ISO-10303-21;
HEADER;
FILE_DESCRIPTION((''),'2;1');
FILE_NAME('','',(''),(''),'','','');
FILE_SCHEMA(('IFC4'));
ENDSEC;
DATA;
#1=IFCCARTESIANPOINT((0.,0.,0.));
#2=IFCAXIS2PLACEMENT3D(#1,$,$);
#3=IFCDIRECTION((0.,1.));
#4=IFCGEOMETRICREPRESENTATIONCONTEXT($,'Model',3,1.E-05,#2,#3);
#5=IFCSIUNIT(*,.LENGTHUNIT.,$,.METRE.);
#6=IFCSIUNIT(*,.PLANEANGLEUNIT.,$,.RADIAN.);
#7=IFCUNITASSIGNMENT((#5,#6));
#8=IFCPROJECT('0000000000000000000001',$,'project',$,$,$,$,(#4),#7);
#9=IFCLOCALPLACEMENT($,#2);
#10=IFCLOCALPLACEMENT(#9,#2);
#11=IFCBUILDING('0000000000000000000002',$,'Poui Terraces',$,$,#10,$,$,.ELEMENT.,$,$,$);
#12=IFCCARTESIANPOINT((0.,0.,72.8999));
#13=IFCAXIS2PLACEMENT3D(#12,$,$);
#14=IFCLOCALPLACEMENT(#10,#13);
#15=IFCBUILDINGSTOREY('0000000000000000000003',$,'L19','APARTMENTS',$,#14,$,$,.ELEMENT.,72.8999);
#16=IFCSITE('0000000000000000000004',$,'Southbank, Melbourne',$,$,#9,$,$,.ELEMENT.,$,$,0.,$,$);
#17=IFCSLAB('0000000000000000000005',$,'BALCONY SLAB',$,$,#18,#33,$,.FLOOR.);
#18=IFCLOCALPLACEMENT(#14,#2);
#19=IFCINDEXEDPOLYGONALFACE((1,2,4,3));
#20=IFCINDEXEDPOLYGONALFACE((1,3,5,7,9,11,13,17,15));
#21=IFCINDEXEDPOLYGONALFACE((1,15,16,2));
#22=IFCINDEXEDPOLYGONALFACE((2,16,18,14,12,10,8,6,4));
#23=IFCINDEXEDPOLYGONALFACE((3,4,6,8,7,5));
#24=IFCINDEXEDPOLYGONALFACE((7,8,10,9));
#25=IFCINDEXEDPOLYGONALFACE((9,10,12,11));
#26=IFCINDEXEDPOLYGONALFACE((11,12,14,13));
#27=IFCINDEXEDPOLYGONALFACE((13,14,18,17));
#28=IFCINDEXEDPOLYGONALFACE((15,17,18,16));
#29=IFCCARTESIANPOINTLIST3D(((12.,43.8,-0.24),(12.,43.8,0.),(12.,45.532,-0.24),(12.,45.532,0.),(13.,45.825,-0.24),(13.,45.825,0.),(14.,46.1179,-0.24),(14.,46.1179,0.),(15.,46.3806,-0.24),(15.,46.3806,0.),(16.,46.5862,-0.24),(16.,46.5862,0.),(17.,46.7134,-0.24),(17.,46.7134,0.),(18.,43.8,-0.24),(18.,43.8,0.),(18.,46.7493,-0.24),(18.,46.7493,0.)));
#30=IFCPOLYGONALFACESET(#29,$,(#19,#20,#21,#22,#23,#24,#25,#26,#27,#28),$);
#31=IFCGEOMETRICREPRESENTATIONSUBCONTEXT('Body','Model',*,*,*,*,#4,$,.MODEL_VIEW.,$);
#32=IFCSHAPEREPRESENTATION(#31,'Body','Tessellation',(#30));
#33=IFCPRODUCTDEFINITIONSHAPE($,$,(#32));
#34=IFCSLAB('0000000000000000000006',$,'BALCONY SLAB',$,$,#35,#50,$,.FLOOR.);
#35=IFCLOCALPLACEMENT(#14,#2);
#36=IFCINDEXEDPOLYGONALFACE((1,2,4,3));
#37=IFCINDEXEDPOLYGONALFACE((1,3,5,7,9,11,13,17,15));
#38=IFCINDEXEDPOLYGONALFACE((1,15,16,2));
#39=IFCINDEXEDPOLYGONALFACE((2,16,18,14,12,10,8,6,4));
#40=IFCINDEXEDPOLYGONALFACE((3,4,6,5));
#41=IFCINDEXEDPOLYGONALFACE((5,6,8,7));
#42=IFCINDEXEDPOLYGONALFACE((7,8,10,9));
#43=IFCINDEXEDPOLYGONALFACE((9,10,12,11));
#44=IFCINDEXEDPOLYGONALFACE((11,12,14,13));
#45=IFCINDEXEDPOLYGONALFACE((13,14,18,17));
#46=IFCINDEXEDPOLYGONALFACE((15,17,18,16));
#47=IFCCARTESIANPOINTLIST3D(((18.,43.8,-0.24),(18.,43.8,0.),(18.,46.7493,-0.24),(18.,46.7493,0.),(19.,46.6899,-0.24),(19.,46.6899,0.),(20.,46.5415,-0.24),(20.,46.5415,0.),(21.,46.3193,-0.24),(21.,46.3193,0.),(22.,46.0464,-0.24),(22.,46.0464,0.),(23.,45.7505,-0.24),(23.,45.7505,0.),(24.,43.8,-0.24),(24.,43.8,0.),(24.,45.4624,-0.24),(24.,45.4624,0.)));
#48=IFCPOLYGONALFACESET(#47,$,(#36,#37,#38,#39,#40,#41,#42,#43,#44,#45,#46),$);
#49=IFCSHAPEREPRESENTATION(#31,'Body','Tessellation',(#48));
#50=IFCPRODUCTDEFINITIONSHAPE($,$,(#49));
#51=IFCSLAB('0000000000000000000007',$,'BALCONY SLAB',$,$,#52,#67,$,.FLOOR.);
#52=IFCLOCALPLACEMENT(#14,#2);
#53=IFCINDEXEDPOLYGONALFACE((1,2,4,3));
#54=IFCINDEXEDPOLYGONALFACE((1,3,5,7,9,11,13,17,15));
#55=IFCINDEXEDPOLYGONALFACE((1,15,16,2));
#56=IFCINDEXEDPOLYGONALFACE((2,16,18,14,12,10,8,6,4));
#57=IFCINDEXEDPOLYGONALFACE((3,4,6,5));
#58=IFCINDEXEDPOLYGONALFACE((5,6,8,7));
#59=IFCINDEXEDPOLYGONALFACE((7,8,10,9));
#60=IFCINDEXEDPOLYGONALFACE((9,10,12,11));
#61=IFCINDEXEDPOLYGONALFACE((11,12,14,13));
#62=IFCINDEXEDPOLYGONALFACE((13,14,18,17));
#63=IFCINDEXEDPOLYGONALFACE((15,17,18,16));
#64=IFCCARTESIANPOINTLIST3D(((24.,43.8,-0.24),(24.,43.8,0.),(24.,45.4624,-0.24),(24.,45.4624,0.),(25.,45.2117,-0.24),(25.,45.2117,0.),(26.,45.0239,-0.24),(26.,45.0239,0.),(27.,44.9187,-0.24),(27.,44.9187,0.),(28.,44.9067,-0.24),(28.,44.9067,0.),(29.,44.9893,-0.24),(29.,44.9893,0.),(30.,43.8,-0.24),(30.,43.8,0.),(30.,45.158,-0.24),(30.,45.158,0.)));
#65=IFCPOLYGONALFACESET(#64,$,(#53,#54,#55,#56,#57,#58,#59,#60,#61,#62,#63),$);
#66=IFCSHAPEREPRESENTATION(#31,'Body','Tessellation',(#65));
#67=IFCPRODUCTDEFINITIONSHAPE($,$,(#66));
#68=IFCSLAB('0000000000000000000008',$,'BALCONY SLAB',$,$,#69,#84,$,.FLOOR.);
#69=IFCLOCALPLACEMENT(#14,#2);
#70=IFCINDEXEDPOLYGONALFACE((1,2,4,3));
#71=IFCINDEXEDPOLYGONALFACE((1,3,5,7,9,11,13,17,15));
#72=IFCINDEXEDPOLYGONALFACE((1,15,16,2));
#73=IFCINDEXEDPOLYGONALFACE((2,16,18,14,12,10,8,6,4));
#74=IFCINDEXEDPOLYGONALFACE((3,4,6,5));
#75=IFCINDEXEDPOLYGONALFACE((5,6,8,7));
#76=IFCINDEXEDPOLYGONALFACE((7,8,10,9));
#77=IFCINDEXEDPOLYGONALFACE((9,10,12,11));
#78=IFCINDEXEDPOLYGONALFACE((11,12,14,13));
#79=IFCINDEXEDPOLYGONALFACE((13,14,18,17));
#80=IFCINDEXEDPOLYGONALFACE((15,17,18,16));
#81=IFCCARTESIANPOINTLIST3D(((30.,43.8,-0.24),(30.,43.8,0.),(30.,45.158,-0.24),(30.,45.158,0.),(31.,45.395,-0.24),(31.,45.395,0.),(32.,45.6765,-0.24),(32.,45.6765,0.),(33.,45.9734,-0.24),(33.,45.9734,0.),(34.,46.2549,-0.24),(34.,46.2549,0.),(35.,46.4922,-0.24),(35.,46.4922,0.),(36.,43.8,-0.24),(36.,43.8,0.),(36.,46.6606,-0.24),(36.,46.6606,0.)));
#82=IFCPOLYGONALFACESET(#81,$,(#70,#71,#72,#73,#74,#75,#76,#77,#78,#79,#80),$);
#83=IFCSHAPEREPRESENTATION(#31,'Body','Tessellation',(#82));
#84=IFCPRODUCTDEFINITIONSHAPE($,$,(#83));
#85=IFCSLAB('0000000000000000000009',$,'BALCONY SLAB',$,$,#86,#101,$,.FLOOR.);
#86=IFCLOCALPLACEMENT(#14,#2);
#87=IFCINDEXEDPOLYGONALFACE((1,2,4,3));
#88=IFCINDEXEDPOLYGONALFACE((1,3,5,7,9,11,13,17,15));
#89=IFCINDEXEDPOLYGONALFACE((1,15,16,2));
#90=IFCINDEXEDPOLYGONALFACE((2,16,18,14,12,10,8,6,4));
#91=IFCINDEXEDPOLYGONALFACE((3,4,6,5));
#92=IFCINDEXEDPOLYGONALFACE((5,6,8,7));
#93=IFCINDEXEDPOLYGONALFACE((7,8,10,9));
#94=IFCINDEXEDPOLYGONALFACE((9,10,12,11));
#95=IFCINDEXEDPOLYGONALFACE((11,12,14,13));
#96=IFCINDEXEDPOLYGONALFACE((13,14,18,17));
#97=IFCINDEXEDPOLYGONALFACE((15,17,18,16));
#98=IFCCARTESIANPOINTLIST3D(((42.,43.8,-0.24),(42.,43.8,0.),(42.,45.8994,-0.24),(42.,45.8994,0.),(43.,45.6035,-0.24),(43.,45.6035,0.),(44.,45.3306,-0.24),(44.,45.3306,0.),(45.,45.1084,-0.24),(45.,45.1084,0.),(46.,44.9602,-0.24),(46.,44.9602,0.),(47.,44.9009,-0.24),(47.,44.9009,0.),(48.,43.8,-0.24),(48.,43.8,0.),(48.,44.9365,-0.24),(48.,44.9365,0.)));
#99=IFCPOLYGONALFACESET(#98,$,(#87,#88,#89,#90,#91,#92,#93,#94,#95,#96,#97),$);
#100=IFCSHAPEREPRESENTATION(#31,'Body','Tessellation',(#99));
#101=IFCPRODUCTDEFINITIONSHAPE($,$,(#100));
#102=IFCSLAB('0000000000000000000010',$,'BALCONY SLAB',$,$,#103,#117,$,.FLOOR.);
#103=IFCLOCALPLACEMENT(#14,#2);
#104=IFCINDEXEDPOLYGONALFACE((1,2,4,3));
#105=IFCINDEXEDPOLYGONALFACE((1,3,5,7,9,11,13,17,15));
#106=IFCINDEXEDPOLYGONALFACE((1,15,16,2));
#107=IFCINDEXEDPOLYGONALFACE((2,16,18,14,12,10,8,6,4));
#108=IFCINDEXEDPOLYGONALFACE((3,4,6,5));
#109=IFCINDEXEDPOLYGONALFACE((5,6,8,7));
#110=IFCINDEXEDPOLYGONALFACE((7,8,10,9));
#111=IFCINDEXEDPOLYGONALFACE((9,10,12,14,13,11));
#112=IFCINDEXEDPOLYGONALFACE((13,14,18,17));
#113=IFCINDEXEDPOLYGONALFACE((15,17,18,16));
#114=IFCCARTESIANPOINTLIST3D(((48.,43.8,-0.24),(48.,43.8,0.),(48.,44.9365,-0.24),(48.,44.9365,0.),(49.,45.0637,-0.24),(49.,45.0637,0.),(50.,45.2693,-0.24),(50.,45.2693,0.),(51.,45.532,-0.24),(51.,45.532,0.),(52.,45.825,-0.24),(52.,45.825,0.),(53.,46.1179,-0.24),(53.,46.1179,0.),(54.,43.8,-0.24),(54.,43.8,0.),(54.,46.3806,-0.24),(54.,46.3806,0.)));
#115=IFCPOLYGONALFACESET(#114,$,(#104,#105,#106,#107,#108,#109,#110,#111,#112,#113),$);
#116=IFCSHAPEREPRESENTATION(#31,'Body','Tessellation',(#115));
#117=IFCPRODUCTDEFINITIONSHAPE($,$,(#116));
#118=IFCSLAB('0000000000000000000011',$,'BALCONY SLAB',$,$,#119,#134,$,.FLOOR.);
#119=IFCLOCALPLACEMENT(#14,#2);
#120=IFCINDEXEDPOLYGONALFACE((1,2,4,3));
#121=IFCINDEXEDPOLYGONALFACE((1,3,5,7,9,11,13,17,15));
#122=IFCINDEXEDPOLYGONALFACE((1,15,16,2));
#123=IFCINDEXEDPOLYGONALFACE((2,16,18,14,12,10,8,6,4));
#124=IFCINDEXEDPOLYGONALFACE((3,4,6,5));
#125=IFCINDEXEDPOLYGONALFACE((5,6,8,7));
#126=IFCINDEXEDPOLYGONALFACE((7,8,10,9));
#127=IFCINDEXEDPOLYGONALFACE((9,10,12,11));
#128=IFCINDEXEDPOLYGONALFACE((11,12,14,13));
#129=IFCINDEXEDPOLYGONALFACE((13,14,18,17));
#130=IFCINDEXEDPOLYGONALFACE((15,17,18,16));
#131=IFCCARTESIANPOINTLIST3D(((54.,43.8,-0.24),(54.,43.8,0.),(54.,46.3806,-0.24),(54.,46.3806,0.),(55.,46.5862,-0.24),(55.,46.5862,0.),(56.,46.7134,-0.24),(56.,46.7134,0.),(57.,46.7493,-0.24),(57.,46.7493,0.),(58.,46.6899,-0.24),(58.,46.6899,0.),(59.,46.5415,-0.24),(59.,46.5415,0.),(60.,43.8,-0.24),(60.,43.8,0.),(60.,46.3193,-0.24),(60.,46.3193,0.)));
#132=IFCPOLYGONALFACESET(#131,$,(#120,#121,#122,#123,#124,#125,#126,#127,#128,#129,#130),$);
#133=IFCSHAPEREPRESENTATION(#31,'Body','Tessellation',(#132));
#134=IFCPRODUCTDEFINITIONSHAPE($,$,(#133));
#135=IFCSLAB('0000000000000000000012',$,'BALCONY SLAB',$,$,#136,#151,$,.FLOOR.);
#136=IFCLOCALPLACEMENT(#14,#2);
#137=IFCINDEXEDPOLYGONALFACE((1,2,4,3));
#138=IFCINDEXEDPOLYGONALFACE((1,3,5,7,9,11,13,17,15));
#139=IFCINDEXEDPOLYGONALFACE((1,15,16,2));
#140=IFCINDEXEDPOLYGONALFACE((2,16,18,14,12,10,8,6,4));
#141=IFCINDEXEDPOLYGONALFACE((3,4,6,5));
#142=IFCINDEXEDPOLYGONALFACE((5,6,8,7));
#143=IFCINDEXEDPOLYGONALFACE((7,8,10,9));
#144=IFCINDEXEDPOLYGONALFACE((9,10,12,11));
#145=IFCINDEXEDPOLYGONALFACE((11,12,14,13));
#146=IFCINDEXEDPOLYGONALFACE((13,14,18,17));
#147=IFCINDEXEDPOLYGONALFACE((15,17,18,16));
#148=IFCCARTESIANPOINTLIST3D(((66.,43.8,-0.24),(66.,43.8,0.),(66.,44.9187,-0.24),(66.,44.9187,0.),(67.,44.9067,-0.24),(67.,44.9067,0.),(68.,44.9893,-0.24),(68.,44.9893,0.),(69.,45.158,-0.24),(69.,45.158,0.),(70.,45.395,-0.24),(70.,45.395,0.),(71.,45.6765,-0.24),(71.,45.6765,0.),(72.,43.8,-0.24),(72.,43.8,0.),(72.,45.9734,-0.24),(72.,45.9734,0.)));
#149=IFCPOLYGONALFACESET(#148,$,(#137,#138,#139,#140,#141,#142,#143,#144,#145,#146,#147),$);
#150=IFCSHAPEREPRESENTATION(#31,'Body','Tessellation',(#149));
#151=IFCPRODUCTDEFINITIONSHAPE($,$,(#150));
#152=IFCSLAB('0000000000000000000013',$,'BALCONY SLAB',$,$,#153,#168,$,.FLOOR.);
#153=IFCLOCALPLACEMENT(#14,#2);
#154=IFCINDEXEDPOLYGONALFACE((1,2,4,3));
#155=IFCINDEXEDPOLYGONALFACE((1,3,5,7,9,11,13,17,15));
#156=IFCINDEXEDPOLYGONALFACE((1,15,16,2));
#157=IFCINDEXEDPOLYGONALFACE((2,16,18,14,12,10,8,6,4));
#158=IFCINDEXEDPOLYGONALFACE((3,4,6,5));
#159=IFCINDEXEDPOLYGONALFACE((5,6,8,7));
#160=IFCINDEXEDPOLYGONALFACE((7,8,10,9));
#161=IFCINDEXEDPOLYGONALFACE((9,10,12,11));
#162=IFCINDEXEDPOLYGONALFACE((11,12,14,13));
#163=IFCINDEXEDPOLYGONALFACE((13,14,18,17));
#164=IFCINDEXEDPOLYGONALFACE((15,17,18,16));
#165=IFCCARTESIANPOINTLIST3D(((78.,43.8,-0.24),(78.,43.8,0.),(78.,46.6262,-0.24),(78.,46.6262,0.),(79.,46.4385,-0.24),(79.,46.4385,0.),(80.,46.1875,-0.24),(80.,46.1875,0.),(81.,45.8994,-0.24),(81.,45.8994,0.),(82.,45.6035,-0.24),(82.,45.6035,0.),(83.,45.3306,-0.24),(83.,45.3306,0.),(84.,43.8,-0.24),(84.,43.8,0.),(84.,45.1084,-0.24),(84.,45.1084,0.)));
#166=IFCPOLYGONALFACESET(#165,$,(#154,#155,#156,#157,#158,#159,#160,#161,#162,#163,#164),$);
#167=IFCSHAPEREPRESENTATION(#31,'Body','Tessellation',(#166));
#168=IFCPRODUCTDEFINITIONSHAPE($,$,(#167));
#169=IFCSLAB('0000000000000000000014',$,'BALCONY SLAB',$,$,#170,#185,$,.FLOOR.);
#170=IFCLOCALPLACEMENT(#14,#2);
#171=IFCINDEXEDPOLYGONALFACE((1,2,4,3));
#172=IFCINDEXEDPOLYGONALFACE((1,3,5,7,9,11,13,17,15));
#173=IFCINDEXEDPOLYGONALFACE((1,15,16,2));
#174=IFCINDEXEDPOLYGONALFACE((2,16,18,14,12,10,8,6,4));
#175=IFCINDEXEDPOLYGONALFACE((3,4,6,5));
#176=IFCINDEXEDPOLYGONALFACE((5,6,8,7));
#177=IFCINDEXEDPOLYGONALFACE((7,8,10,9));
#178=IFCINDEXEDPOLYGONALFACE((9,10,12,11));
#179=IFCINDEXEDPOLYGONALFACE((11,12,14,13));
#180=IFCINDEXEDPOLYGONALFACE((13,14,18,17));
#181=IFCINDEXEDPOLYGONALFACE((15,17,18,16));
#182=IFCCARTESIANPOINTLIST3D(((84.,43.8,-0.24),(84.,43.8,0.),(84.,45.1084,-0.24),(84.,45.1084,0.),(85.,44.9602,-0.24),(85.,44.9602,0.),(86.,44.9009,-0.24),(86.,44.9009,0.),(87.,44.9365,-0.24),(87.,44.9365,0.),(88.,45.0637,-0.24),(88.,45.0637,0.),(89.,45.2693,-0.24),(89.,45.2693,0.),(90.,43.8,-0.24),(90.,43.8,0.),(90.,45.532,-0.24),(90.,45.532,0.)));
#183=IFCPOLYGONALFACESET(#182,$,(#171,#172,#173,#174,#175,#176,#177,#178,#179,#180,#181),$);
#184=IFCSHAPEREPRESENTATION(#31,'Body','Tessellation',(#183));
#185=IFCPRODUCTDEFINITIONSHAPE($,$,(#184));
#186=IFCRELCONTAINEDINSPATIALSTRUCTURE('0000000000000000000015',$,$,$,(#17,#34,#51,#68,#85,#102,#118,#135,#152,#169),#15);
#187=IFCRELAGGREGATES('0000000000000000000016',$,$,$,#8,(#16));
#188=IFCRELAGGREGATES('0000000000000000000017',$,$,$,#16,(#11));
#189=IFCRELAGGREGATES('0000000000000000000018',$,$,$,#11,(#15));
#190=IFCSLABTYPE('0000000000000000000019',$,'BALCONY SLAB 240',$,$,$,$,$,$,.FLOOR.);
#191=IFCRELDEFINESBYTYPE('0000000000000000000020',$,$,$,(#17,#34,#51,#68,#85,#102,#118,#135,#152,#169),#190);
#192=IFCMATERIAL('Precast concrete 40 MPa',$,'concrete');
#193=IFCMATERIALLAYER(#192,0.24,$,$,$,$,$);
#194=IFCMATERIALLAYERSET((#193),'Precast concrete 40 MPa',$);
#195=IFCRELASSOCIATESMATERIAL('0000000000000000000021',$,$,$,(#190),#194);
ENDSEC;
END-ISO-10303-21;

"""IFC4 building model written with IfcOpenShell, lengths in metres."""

from ifc_helpers import new_model, si_unit, direction, frame, origin, place, context, subcontext, project, spatial, polyline, outline, extrude, material, layer, layer_set, type_object, element, save


model = new_model("IFC4")

# Units and contexts
model_context = context("Model", 3, precision=1e-05, world=origin(), true_north=direction((0.0, 1.0)))
body_context = subcontext(model_context, "Body", "Model", "MODEL_VIEW")
ifc_project = project(units=[si_unit("LENGTHUNIT", "METRE"), si_unit("PLANEANGLEUNIT", "RADIAN")], contexts=[model_context])

# Site, building, storey
site_placement = place(None, origin())
site = spatial("IfcSite", under=ifc_project, at=site_placement, Name="Southbank, Melbourne", CompositionType="ELEMENT", RefElevation=0.0)
building_placement = place(site_placement, origin())
building = spatial("IfcBuilding", under=site, at=building_placement, Name="Poui Terraces", CompositionType="ELEMENT")
storey_placement = place(building_placement, frame((0.0, 0.0, 72.8999)))
storey = spatial("IfcBuildingStorey", under=building, at=storey_placement, Name="L19", Description="APARTMENTS", CompositionType="ELEMENT", Elevation=72.8999)

# Slabs
ifc_material_1 = material(Name="Precast concrete 40 MPa", Category="concrete")
ifc_layer_1 = layer(ifc_material_1, 0.24)
ifc_layer_set_1 = layer_set([ifc_layer_1], Name="Precast concrete 40 MPa")
slab_type_1 = type_object("IfcSlabType", Name="BALCONY SLAB 240", PredefinedType="FLOOR", material=ifc_layer_set_1)
slab_1_placement = place(storey_placement, frame((0.0, 0.0, -0.24)))
element("IfcSlab", 1, at=slab_1_placement, inside=storey, type_object=slab_type_1, Name="BALCONY SLAB", PredefinedType="FLOOR", context=body_context, shape_type="SweptSolid", body=[
    extrude(outline(polyline([(12.0, 43.8), (18.0, 43.8), (18.0, 46.7493), (17.0, 46.7134), (16.0, 46.5862), (15.0, 46.3806), (14.0, 46.1179), (13.0, 45.825), (12.0, 45.532), (12.0, 43.8)])), origin(), (0.0, 0.0, 1.0), 0.24),
])
slab_2_placement = place(storey_placement, frame((0.0, 0.0, -0.24)))
element("IfcSlab", 2, at=slab_2_placement, inside=storey, type_object=slab_type_1, Name="BALCONY SLAB", PredefinedType="FLOOR", context=body_context, shape_type="SweptSolid", body=[
    extrude(outline(polyline([(18.0, 43.8), (24.0, 43.8), (24.0, 45.4624), (23.0, 45.7505), (22.0, 46.0464), (21.0, 46.3193), (20.0, 46.5415), (19.0, 46.6899), (18.0, 46.7493), (18.0, 43.8)])), origin(), (0.0, 0.0, 1.0), 0.24),
])
slab_3_placement = place(storey_placement, frame((0.0, 0.0, -0.24)))
element("IfcSlab", 3, at=slab_3_placement, inside=storey, type_object=slab_type_1, Name="BALCONY SLAB", PredefinedType="FLOOR", context=body_context, shape_type="SweptSolid", body=[
    extrude(outline(polyline([(24.0, 43.8), (30.0, 43.8), (30.0, 45.158), (29.0, 44.9893), (28.0, 44.9067), (27.0, 44.9187), (26.0, 45.0239), (25.0, 45.2117), (24.0, 45.4624), (24.0, 43.8)])), origin(), (0.0, 0.0, 1.0), 0.24),
])
slab_4_placement = place(storey_placement, frame((0.0, 0.0, -0.24)))
element("IfcSlab", 4, at=slab_4_placement, inside=storey, type_object=slab_type_1, Name="BALCONY SLAB", PredefinedType="FLOOR", context=body_context, shape_type="SweptSolid", body=[
    extrude(outline(polyline([(30.0, 43.8), (36.0, 43.8), (36.0, 46.6606), (35.0, 46.4922), (34.0, 46.2549), (33.0, 45.9734), (32.0, 45.6765), (31.0, 45.395), (30.0, 45.158), (30.0, 43.8)])), origin(), (0.0, 0.0, 1.0), 0.24),
])
slab_5_placement = place(storey_placement, frame((0.0, 0.0, -0.24)))
element("IfcSlab", 5, at=slab_5_placement, inside=storey, type_object=slab_type_1, Name="BALCONY SLAB", PredefinedType="FLOOR", context=body_context, shape_type="SweptSolid", body=[
    extrude(outline(polyline([(42.0, 43.8), (48.0, 43.8), (48.0, 44.9365), (47.0, 44.9009), (46.0, 44.9602), (45.0, 45.1084), (44.0, 45.3306), (43.0, 45.6035), (42.0, 45.8994), (42.0, 43.8)])), origin(), (0.0, 0.0, 1.0), 0.24),
])
slab_6_placement = place(storey_placement, frame((0.0, 0.0, -0.24)))
element("IfcSlab", 6, at=slab_6_placement, inside=storey, type_object=slab_type_1, Name="BALCONY SLAB", PredefinedType="FLOOR", context=body_context, shape_type="SweptSolid", body=[
    extrude(outline(polyline([(48.0, 43.8), (54.0, 43.8), (54.0, 46.3806), (53.0, 46.1179), (52.0, 45.825), (51.0, 45.532), (50.0, 45.2693), (49.0, 45.0637), (48.0, 44.9365), (48.0, 43.8)])), origin(), (0.0, 0.0, 1.0), 0.24),
])
slab_7_placement = place(storey_placement, frame((0.0, 0.0, -0.24)))
element("IfcSlab", 7, at=slab_7_placement, inside=storey, type_object=slab_type_1, Name="BALCONY SLAB", PredefinedType="FLOOR", context=body_context, shape_type="SweptSolid", body=[
    extrude(outline(polyline([(54.0, 43.8), (60.0, 43.8), (60.0, 46.3193), (59.0, 46.5415), (58.0, 46.6899), (57.0, 46.7493), (56.0, 46.7134), (55.0, 46.5862), (54.0, 46.3806), (54.0, 43.8)])), origin(), (0.0, 0.0, 1.0), 0.24),
])
slab_8_placement = place(storey_placement, frame((0.0, 0.0, -0.24)))
element("IfcSlab", 8, at=slab_8_placement, inside=storey, type_object=slab_type_1, Name="BALCONY SLAB", PredefinedType="FLOOR", context=body_context, shape_type="SweptSolid", body=[
    extrude(outline(polyline([(66.0, 43.8), (72.0, 43.8), (72.0, 45.9734), (71.0, 45.6765), (70.0, 45.395), (69.0, 45.158), (68.0, 44.9893), (67.0, 44.9067), (66.0, 44.9187), (66.0, 43.8)])), origin(), (0.0, 0.0, 1.0), 0.24),
])
slab_9_placement = place(storey_placement, frame((0.0, 0.0, -0.24)))
element("IfcSlab", 9, at=slab_9_placement, inside=storey, type_object=slab_type_1, Name="BALCONY SLAB", PredefinedType="FLOOR", context=body_context, shape_type="SweptSolid", body=[
    extrude(outline(polyline([(78.0, 43.8), (84.0, 43.8), (84.0, 45.1084), (83.0, 45.3306), (82.0, 45.6035), (81.0, 45.8994), (80.0, 46.1875), (79.0, 46.4385), (78.0, 46.6262), (78.0, 43.8)])), origin(), (0.0, 0.0, 1.0), 0.24),
])
slab_10_placement = place(storey_placement, frame((0.0, 0.0, -0.24)))
element("IfcSlab", 10, at=slab_10_placement, inside=storey, type_object=slab_type_1, Name="BALCONY SLAB", PredefinedType="FLOOR", context=body_context, shape_type="SweptSolid", body=[
    extrude(outline(polyline([(84.0, 43.8), (90.0, 43.8), (90.0, 45.532), (89.0, 45.2693), (88.0, 45.0637), (87.0, 44.9365), (86.0, 44.9009), (85.0, 44.9602), (84.0, 45.1084), (84.0, 43.8)])), origin(), (0.0, 0.0, 1.0), 0.24),
])

save(model, "model.ifc")
